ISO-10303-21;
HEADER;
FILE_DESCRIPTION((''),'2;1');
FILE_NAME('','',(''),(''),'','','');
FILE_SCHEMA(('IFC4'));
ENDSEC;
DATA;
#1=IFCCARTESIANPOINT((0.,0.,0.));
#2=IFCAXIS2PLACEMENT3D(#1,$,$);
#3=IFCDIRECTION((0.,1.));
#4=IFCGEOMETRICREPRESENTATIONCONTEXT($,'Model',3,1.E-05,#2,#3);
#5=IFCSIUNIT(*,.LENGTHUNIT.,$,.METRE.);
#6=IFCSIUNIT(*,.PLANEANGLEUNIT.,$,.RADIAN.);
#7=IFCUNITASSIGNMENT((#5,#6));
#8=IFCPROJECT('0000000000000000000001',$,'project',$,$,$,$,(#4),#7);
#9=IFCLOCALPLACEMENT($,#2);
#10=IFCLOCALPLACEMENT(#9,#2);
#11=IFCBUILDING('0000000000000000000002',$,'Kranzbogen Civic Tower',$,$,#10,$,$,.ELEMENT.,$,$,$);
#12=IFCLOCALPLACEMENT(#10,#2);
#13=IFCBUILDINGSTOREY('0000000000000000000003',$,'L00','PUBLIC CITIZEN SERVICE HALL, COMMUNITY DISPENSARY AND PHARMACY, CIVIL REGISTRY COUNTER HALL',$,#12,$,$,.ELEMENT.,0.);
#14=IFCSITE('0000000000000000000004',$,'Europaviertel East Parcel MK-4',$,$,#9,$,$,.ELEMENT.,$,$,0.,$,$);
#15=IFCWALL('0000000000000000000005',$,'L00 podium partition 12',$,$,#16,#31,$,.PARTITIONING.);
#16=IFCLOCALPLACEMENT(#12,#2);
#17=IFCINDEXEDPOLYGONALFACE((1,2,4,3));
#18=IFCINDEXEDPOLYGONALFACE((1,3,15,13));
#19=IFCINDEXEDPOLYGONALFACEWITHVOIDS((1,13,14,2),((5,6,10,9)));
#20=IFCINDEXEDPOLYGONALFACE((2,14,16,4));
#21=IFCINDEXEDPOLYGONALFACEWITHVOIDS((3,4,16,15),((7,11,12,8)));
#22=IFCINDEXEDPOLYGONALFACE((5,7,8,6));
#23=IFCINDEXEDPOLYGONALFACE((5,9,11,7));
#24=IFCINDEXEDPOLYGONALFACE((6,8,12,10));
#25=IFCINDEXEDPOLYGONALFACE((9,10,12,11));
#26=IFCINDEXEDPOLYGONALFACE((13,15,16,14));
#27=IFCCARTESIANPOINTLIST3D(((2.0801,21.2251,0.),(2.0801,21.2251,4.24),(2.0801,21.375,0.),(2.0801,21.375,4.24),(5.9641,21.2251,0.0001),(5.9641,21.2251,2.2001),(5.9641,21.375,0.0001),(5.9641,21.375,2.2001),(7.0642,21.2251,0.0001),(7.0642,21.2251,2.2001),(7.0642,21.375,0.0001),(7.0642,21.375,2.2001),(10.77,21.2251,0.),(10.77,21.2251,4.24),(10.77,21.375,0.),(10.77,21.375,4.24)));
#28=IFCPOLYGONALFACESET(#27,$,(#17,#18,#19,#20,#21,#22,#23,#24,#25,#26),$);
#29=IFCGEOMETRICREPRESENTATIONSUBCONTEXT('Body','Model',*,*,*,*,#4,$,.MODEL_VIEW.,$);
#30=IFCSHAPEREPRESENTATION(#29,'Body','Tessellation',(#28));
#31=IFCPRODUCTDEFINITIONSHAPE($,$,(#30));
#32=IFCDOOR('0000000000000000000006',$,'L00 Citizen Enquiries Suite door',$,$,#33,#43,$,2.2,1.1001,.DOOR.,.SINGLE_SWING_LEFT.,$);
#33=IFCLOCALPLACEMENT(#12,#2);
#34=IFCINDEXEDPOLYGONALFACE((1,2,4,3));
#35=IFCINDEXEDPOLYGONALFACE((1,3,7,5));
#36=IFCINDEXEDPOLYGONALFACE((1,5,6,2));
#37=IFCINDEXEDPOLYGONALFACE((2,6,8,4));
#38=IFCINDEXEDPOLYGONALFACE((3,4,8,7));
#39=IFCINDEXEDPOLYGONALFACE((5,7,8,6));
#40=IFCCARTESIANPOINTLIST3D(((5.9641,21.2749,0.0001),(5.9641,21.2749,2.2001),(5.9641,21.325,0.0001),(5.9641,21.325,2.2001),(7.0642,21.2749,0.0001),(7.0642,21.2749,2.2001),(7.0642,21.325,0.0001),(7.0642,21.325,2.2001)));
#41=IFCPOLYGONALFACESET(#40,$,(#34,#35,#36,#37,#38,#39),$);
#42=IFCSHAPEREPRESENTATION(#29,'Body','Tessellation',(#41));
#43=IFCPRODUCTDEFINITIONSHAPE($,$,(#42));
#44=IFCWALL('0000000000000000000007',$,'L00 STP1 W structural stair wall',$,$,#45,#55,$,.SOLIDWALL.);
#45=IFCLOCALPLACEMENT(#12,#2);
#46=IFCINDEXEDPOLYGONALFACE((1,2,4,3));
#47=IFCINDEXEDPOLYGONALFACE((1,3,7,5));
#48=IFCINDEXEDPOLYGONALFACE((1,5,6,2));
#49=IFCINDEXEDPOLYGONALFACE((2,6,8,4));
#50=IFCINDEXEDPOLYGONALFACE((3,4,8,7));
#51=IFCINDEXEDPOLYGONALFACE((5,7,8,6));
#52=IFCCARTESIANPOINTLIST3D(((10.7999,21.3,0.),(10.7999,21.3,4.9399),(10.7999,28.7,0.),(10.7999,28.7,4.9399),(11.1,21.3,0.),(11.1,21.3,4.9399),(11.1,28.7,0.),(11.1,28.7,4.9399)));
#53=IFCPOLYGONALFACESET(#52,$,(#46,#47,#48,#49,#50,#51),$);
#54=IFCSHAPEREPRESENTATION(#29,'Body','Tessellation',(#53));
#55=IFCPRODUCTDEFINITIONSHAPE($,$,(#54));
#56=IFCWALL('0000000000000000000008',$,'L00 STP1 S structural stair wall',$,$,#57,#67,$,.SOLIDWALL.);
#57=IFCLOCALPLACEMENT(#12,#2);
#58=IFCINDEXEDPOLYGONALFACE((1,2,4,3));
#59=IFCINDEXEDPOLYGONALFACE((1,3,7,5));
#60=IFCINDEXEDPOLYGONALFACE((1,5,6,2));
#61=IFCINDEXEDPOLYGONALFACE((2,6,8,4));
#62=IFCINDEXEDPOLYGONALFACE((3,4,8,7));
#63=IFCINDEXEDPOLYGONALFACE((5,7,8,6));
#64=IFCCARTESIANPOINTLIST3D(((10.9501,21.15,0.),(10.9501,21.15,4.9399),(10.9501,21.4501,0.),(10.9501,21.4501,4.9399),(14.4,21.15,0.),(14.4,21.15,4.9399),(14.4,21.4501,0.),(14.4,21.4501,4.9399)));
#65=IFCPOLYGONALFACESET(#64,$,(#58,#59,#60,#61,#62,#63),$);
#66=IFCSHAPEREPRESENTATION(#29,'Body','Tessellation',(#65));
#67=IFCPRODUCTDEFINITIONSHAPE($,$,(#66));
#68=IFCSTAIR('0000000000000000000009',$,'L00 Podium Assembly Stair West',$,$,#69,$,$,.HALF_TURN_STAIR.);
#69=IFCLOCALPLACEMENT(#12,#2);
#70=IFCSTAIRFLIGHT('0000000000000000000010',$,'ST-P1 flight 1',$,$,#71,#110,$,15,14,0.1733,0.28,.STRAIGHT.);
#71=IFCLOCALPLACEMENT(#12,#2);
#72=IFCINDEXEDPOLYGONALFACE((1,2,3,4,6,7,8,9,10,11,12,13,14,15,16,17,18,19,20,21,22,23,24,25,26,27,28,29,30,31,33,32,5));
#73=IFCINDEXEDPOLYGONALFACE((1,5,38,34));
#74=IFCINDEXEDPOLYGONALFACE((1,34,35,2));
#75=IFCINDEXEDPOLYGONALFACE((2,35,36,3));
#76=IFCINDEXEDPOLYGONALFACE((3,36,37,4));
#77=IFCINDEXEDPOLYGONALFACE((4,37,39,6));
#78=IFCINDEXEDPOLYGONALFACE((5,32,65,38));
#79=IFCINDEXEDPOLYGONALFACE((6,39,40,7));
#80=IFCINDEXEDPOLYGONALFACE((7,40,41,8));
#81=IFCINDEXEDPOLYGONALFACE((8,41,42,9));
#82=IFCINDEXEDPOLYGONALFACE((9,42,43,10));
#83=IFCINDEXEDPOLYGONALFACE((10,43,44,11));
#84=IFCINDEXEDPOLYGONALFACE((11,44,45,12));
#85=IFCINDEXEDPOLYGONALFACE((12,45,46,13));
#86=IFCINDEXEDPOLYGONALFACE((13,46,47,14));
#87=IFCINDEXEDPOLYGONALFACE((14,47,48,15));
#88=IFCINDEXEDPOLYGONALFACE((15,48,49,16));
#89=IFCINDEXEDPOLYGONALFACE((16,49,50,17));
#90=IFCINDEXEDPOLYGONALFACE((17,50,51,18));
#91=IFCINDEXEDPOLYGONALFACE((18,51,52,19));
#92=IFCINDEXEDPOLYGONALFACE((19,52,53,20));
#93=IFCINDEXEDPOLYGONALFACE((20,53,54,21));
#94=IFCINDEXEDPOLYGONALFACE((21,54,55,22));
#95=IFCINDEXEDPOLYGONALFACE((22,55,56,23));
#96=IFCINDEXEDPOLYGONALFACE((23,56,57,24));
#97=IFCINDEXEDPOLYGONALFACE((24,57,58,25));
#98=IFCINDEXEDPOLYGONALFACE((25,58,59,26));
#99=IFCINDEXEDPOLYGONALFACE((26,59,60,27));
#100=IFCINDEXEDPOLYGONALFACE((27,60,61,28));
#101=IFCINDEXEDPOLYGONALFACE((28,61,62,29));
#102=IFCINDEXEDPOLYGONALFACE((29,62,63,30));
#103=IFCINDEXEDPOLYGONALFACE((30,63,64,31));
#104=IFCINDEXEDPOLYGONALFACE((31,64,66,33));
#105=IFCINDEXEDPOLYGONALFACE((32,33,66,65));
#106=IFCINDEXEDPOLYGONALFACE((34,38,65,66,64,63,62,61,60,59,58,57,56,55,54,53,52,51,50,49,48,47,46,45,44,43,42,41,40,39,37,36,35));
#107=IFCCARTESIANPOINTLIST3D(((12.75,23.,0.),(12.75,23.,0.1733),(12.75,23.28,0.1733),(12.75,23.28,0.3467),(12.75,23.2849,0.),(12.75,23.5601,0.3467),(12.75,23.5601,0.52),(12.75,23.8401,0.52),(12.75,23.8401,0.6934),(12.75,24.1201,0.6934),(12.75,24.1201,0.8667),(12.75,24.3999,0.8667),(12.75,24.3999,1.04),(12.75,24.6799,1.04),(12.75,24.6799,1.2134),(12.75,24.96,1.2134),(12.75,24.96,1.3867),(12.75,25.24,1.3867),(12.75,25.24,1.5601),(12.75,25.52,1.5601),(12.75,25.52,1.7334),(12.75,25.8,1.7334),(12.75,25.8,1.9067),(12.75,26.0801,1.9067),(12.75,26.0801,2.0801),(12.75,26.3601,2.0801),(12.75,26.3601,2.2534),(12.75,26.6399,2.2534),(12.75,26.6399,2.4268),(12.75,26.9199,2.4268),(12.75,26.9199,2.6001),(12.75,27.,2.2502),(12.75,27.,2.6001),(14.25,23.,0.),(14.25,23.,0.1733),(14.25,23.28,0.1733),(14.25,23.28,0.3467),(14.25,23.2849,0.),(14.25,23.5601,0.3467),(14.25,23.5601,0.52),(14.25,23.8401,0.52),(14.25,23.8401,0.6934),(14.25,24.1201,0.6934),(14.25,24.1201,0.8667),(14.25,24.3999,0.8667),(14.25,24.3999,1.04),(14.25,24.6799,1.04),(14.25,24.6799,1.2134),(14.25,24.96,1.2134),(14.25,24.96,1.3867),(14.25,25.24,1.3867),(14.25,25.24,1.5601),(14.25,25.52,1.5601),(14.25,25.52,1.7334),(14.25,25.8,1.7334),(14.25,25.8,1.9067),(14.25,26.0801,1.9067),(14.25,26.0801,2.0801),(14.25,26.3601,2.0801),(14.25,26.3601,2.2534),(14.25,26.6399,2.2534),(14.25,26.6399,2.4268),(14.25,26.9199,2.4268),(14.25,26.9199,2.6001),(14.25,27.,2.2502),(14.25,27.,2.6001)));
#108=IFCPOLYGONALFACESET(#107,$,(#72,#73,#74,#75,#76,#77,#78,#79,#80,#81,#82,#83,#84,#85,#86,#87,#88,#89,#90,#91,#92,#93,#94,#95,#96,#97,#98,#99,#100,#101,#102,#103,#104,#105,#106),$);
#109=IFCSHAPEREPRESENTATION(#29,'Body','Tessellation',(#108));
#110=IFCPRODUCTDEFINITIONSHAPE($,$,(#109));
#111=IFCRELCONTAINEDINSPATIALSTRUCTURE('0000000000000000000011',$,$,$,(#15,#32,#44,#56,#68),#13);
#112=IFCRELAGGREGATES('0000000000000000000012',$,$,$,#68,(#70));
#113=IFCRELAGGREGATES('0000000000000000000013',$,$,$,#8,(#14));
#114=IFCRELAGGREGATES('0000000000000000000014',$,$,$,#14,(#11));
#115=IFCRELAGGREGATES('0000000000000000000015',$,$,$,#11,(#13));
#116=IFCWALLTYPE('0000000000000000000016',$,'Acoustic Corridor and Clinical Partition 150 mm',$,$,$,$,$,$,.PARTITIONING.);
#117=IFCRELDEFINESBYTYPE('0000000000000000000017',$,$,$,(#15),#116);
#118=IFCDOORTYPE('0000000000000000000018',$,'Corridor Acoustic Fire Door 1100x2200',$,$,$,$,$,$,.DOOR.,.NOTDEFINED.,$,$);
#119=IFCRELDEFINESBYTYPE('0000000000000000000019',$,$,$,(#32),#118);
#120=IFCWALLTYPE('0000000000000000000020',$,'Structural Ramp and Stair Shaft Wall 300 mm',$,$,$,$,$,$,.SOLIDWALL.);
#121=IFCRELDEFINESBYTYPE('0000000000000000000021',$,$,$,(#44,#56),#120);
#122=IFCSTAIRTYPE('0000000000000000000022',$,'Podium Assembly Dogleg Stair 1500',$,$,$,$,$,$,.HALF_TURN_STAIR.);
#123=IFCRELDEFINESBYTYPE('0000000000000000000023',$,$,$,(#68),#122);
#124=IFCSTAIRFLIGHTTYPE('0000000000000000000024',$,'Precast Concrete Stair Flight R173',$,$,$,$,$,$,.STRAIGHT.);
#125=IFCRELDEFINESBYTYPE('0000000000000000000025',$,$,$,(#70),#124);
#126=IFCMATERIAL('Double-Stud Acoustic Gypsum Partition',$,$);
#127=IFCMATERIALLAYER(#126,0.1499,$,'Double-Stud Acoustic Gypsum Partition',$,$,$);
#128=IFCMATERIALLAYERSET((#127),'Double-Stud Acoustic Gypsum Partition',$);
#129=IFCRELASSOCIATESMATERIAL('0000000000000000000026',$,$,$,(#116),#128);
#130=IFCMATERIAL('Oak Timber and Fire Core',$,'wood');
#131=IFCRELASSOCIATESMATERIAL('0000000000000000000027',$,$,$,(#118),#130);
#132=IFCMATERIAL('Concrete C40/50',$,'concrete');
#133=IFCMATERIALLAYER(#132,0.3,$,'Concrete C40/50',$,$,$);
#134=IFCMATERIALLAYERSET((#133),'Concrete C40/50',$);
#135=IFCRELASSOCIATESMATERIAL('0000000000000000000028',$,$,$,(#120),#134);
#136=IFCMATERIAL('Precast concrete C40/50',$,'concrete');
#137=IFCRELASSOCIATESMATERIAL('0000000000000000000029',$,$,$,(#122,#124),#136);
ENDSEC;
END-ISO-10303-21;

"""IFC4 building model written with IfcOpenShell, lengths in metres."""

from ifc_helpers import new_model, si_unit, direction, frame, frame_2d, origin, place, context, subcontext, project, spatial, polyline, rectangle, outline, extrude, material, layer, layer_set, type_object, element, fill, aggregate, save


model = new_model("IFC4")

# Units and contexts
model_context = context("Model", 3, precision=1e-05, world=origin(), true_north=direction((0.0, 1.0)))
body_context = subcontext(model_context, "Body", "Model", "MODEL_VIEW")
ifc_project = project(units=[si_unit("LENGTHUNIT", "METRE"), si_unit("PLANEANGLEUNIT", "RADIAN")], contexts=[model_context])

# Site, building, storey
site_placement = place(None, origin())
site = spatial("IfcSite", under=ifc_project, at=site_placement, Name="Europaviertel East Parcel MK-4", CompositionType="ELEMENT", RefElevation=0.0)
building_placement = place(site_placement, origin())
building = spatial("IfcBuilding", under=site, at=building_placement, Name="Kranzbogen Civic Tower", CompositionType="ELEMENT")
storey_placement = place(building_placement, origin())
storey = spatial("IfcBuildingStorey", under=building, at=storey_placement, Name="L00", Description="PUBLIC CITIZEN SERVICE HALL, COMMUNITY DISPENSARY AND PHARMACY, CIVIL REGISTRY COUNTER HALL", CompositionType="ELEMENT", Elevation=0.0)

# Shared definitions
ifc_material_1 = material(Name="Double-Stud Acoustic Gypsum Partition")
ifc_layer_1 = layer(ifc_material_1, 0.1499, Name="Double-Stud Acoustic Gypsum Partition")
ifc_layer_set_1 = layer_set([ifc_layer_1], Name="Double-Stud Acoustic Gypsum Partition")
wall_type_1 = type_object("IfcWallType", Name="Acoustic Corridor and Clinical Partition 150 mm", PredefinedType="PARTITIONING", material=ifc_layer_set_1)

# Wall, opening, door
wall_1_placement = place(storey_placement, frame((2.0801, 21.3, 0.0), z_axis=(0.0, 0.0, 1.0), x_axis=(1.0, 0.0, 0.0)))
wall_1 = element("IfcWall", 1, at=wall_1_placement, inside=storey, type_object=wall_type_1, Name="L00 podium partition 12", PredefinedType="PARTITIONING", context=body_context, shape_type="SweptSolid", body=[
    extrude(rectangle(XDim=8.6899, YDim=0.1499, at=frame_2d((4.345, 0.0))), origin(), (0.0, 0.0, 1.0), 4.24),
])
opening_1_placement = place(wall_1_placement, frame((3.884, 0.0, 0.0)))
opening_1 = element("IfcOpeningElement", 2, at=opening_1_placement, cuts=wall_1, PredefinedType="OPENING", context=body_context, shape_type="SweptSolid", body=[
    extrude(rectangle(XDim=1.1001, YDim=2.2, at=frame_2d((0.55, 1.1001))), frame((0.0, 0.085, 0.0), z_axis=(0.0, -1.0, 0.0), x_axis=(1.0, 0.0, 0.0)), (0.0, 0.0, 1.0), 0.1699),
])
ifc_material_2 = material(Name="Oak Timber and Fire Core", Category="wood")
door_type_1 = type_object("IfcDoorType", Name="Corridor Acoustic Fire Door 1100x2200", OperationType="NOTDEFINED", PredefinedType="DOOR", material=ifc_material_2)
door_1_placement = place(opening_1_placement, origin())
door_1 = element("IfcDoor", 3, at=door_1_placement, inside=storey, type_object=door_type_1, Name="L00 Citizen Enquiries Suite door", OperationType="SINGLE_SWING_LEFT", OverallHeight=2.2, OverallWidth=1.1001, PredefinedType="DOOR", context=body_context, shape_type="SweptSolid", body=[
    extrude(rectangle(XDim=1.1001, YDim=2.2, at=frame_2d((0.55, 1.1001))), frame((0.0, 0.0249, 0.0), z_axis=(0.0, -1.0, 0.0), x_axis=(1.0, 0.0, 0.0)), (0.0, 0.0, 1.0), 0.05),
])
fill(opening_1, door_1)

# Walls
ifc_material_3 = material(Name="Concrete C40/50", Category="concrete")
ifc_layer_2 = layer(ifc_material_3, 0.3, Name="Concrete C40/50")
ifc_layer_set_2 = layer_set([ifc_layer_2], Name="Concrete C40/50")
wall_type_2 = type_object("IfcWallType", Name="Structural Ramp and Stair Shaft Wall 300 mm", PredefinedType="SOLIDWALL", material=ifc_layer_set_2)
wall_2_placement = place(storey_placement, frame((10.95, 21.3, 0.0), z_axis=(0.0, 0.0, 1.0), x_axis=(0.0, 1.0, 0.0)))
element("IfcWall", 4, at=wall_2_placement, inside=storey, type_object=wall_type_2, Name="L00 STP1 W structural stair wall", PredefinedType="SOLIDWALL", context=body_context, shape_type="SweptSolid", body=[
    extrude(rectangle(XDim=7.3999, YDim=0.3, at=frame_2d((3.7, 0.0))), origin(), (0.0, 0.0, 1.0), 4.9399),
])
wall_3_placement = place(storey_placement, frame((10.95, 21.3, 0.0), z_axis=(0.0, 0.0, 1.0), x_axis=(1.0, 0.0, 0.0)))
element("IfcWall", 5, at=wall_3_placement, inside=storey, type_object=wall_type_2, Name="L00 STP1 S structural stair wall", PredefinedType="SOLIDWALL", context=body_context, shape_type="SweptSolid", body=[
    extrude(rectangle(XDim=3.45, YDim=0.3, at=frame_2d((1.7251, 0.0))), origin(), (0.0, 0.0, 1.0), 4.9399),
])

# Stair, stair flight
ifc_material_4 = material(Name="Precast concrete C40/50", Category="concrete")
stair_type = type_object("IfcStairType", Name="Podium Assembly Dogleg Stair 1500", PredefinedType="HALF_TURN_STAIR", material=ifc_material_4)
stair_placement = place(storey_placement, origin())
stair = element("IfcStair", 6, at=stair_placement, inside=storey, type_object=stair_type, Name="L00 Podium Assembly Stair West", PredefinedType="HALF_TURN_STAIR")
stair_flight_type = type_object("IfcStairFlightType", Name="Precast Concrete Stair Flight R173", PredefinedType="STRAIGHT", material=ifc_material_4)
stair_flight_placement = place(storey_placement, frame((13.5, 23.0, 0.0), z_axis=(0.0, 0.0, 1.0), x_axis=(0.0, 1.0, 0.0)))
stair_flight = element("IfcStairFlight", 7, at=stair_flight_placement, type_object=stair_flight_type, Name="ST-P1 flight 1", NumberOfRisers=15, NumberOfTreads=14, PredefinedType="STRAIGHT", RiserHeight=0.1733, TreadLength=0.28, context=body_context, shape_type="SweptSolid", body=[
    extrude(outline(polyline([(0.0, 0.0), (0.0, 0.1733), (0.28, 0.1733), (0.28, 0.3467), (0.5601, 0.3467), (0.5601, 0.52), (0.8401, 0.52), (0.8401, 0.6934), (1.1201, 0.6934), (1.1201, 0.8667), (1.3999, 0.8667), (1.3999, 1.04), (1.6799, 1.04), (1.6799, 1.2134), (1.96, 1.2134), (1.96, 1.3867), (2.24, 1.3867), (2.24, 1.5601), (2.52, 1.5601), (2.52, 1.7334), (2.8, 1.7334), (2.8, 1.9067), (3.0801, 1.9067), (3.0801, 2.0801), (3.3601, 2.0801), (3.3601, 2.2534), (3.6399, 2.2534), (3.6399, 2.4268), (3.9199, 2.4268), (3.9199, 2.6001), (4.0, 2.6001), (4.0, 2.2502), (0.2849, 0.0), (0.0, 0.0)])), frame((0.0, 0.75, 0.0), z_axis=(0.0, -1.0, 0.0), x_axis=(1.0, 0.0, 0.0)), (0.0, 0.0, 1.0), 1.5),
])
aggregate(stair, [stair_flight])

save(model, "model.ifc")
